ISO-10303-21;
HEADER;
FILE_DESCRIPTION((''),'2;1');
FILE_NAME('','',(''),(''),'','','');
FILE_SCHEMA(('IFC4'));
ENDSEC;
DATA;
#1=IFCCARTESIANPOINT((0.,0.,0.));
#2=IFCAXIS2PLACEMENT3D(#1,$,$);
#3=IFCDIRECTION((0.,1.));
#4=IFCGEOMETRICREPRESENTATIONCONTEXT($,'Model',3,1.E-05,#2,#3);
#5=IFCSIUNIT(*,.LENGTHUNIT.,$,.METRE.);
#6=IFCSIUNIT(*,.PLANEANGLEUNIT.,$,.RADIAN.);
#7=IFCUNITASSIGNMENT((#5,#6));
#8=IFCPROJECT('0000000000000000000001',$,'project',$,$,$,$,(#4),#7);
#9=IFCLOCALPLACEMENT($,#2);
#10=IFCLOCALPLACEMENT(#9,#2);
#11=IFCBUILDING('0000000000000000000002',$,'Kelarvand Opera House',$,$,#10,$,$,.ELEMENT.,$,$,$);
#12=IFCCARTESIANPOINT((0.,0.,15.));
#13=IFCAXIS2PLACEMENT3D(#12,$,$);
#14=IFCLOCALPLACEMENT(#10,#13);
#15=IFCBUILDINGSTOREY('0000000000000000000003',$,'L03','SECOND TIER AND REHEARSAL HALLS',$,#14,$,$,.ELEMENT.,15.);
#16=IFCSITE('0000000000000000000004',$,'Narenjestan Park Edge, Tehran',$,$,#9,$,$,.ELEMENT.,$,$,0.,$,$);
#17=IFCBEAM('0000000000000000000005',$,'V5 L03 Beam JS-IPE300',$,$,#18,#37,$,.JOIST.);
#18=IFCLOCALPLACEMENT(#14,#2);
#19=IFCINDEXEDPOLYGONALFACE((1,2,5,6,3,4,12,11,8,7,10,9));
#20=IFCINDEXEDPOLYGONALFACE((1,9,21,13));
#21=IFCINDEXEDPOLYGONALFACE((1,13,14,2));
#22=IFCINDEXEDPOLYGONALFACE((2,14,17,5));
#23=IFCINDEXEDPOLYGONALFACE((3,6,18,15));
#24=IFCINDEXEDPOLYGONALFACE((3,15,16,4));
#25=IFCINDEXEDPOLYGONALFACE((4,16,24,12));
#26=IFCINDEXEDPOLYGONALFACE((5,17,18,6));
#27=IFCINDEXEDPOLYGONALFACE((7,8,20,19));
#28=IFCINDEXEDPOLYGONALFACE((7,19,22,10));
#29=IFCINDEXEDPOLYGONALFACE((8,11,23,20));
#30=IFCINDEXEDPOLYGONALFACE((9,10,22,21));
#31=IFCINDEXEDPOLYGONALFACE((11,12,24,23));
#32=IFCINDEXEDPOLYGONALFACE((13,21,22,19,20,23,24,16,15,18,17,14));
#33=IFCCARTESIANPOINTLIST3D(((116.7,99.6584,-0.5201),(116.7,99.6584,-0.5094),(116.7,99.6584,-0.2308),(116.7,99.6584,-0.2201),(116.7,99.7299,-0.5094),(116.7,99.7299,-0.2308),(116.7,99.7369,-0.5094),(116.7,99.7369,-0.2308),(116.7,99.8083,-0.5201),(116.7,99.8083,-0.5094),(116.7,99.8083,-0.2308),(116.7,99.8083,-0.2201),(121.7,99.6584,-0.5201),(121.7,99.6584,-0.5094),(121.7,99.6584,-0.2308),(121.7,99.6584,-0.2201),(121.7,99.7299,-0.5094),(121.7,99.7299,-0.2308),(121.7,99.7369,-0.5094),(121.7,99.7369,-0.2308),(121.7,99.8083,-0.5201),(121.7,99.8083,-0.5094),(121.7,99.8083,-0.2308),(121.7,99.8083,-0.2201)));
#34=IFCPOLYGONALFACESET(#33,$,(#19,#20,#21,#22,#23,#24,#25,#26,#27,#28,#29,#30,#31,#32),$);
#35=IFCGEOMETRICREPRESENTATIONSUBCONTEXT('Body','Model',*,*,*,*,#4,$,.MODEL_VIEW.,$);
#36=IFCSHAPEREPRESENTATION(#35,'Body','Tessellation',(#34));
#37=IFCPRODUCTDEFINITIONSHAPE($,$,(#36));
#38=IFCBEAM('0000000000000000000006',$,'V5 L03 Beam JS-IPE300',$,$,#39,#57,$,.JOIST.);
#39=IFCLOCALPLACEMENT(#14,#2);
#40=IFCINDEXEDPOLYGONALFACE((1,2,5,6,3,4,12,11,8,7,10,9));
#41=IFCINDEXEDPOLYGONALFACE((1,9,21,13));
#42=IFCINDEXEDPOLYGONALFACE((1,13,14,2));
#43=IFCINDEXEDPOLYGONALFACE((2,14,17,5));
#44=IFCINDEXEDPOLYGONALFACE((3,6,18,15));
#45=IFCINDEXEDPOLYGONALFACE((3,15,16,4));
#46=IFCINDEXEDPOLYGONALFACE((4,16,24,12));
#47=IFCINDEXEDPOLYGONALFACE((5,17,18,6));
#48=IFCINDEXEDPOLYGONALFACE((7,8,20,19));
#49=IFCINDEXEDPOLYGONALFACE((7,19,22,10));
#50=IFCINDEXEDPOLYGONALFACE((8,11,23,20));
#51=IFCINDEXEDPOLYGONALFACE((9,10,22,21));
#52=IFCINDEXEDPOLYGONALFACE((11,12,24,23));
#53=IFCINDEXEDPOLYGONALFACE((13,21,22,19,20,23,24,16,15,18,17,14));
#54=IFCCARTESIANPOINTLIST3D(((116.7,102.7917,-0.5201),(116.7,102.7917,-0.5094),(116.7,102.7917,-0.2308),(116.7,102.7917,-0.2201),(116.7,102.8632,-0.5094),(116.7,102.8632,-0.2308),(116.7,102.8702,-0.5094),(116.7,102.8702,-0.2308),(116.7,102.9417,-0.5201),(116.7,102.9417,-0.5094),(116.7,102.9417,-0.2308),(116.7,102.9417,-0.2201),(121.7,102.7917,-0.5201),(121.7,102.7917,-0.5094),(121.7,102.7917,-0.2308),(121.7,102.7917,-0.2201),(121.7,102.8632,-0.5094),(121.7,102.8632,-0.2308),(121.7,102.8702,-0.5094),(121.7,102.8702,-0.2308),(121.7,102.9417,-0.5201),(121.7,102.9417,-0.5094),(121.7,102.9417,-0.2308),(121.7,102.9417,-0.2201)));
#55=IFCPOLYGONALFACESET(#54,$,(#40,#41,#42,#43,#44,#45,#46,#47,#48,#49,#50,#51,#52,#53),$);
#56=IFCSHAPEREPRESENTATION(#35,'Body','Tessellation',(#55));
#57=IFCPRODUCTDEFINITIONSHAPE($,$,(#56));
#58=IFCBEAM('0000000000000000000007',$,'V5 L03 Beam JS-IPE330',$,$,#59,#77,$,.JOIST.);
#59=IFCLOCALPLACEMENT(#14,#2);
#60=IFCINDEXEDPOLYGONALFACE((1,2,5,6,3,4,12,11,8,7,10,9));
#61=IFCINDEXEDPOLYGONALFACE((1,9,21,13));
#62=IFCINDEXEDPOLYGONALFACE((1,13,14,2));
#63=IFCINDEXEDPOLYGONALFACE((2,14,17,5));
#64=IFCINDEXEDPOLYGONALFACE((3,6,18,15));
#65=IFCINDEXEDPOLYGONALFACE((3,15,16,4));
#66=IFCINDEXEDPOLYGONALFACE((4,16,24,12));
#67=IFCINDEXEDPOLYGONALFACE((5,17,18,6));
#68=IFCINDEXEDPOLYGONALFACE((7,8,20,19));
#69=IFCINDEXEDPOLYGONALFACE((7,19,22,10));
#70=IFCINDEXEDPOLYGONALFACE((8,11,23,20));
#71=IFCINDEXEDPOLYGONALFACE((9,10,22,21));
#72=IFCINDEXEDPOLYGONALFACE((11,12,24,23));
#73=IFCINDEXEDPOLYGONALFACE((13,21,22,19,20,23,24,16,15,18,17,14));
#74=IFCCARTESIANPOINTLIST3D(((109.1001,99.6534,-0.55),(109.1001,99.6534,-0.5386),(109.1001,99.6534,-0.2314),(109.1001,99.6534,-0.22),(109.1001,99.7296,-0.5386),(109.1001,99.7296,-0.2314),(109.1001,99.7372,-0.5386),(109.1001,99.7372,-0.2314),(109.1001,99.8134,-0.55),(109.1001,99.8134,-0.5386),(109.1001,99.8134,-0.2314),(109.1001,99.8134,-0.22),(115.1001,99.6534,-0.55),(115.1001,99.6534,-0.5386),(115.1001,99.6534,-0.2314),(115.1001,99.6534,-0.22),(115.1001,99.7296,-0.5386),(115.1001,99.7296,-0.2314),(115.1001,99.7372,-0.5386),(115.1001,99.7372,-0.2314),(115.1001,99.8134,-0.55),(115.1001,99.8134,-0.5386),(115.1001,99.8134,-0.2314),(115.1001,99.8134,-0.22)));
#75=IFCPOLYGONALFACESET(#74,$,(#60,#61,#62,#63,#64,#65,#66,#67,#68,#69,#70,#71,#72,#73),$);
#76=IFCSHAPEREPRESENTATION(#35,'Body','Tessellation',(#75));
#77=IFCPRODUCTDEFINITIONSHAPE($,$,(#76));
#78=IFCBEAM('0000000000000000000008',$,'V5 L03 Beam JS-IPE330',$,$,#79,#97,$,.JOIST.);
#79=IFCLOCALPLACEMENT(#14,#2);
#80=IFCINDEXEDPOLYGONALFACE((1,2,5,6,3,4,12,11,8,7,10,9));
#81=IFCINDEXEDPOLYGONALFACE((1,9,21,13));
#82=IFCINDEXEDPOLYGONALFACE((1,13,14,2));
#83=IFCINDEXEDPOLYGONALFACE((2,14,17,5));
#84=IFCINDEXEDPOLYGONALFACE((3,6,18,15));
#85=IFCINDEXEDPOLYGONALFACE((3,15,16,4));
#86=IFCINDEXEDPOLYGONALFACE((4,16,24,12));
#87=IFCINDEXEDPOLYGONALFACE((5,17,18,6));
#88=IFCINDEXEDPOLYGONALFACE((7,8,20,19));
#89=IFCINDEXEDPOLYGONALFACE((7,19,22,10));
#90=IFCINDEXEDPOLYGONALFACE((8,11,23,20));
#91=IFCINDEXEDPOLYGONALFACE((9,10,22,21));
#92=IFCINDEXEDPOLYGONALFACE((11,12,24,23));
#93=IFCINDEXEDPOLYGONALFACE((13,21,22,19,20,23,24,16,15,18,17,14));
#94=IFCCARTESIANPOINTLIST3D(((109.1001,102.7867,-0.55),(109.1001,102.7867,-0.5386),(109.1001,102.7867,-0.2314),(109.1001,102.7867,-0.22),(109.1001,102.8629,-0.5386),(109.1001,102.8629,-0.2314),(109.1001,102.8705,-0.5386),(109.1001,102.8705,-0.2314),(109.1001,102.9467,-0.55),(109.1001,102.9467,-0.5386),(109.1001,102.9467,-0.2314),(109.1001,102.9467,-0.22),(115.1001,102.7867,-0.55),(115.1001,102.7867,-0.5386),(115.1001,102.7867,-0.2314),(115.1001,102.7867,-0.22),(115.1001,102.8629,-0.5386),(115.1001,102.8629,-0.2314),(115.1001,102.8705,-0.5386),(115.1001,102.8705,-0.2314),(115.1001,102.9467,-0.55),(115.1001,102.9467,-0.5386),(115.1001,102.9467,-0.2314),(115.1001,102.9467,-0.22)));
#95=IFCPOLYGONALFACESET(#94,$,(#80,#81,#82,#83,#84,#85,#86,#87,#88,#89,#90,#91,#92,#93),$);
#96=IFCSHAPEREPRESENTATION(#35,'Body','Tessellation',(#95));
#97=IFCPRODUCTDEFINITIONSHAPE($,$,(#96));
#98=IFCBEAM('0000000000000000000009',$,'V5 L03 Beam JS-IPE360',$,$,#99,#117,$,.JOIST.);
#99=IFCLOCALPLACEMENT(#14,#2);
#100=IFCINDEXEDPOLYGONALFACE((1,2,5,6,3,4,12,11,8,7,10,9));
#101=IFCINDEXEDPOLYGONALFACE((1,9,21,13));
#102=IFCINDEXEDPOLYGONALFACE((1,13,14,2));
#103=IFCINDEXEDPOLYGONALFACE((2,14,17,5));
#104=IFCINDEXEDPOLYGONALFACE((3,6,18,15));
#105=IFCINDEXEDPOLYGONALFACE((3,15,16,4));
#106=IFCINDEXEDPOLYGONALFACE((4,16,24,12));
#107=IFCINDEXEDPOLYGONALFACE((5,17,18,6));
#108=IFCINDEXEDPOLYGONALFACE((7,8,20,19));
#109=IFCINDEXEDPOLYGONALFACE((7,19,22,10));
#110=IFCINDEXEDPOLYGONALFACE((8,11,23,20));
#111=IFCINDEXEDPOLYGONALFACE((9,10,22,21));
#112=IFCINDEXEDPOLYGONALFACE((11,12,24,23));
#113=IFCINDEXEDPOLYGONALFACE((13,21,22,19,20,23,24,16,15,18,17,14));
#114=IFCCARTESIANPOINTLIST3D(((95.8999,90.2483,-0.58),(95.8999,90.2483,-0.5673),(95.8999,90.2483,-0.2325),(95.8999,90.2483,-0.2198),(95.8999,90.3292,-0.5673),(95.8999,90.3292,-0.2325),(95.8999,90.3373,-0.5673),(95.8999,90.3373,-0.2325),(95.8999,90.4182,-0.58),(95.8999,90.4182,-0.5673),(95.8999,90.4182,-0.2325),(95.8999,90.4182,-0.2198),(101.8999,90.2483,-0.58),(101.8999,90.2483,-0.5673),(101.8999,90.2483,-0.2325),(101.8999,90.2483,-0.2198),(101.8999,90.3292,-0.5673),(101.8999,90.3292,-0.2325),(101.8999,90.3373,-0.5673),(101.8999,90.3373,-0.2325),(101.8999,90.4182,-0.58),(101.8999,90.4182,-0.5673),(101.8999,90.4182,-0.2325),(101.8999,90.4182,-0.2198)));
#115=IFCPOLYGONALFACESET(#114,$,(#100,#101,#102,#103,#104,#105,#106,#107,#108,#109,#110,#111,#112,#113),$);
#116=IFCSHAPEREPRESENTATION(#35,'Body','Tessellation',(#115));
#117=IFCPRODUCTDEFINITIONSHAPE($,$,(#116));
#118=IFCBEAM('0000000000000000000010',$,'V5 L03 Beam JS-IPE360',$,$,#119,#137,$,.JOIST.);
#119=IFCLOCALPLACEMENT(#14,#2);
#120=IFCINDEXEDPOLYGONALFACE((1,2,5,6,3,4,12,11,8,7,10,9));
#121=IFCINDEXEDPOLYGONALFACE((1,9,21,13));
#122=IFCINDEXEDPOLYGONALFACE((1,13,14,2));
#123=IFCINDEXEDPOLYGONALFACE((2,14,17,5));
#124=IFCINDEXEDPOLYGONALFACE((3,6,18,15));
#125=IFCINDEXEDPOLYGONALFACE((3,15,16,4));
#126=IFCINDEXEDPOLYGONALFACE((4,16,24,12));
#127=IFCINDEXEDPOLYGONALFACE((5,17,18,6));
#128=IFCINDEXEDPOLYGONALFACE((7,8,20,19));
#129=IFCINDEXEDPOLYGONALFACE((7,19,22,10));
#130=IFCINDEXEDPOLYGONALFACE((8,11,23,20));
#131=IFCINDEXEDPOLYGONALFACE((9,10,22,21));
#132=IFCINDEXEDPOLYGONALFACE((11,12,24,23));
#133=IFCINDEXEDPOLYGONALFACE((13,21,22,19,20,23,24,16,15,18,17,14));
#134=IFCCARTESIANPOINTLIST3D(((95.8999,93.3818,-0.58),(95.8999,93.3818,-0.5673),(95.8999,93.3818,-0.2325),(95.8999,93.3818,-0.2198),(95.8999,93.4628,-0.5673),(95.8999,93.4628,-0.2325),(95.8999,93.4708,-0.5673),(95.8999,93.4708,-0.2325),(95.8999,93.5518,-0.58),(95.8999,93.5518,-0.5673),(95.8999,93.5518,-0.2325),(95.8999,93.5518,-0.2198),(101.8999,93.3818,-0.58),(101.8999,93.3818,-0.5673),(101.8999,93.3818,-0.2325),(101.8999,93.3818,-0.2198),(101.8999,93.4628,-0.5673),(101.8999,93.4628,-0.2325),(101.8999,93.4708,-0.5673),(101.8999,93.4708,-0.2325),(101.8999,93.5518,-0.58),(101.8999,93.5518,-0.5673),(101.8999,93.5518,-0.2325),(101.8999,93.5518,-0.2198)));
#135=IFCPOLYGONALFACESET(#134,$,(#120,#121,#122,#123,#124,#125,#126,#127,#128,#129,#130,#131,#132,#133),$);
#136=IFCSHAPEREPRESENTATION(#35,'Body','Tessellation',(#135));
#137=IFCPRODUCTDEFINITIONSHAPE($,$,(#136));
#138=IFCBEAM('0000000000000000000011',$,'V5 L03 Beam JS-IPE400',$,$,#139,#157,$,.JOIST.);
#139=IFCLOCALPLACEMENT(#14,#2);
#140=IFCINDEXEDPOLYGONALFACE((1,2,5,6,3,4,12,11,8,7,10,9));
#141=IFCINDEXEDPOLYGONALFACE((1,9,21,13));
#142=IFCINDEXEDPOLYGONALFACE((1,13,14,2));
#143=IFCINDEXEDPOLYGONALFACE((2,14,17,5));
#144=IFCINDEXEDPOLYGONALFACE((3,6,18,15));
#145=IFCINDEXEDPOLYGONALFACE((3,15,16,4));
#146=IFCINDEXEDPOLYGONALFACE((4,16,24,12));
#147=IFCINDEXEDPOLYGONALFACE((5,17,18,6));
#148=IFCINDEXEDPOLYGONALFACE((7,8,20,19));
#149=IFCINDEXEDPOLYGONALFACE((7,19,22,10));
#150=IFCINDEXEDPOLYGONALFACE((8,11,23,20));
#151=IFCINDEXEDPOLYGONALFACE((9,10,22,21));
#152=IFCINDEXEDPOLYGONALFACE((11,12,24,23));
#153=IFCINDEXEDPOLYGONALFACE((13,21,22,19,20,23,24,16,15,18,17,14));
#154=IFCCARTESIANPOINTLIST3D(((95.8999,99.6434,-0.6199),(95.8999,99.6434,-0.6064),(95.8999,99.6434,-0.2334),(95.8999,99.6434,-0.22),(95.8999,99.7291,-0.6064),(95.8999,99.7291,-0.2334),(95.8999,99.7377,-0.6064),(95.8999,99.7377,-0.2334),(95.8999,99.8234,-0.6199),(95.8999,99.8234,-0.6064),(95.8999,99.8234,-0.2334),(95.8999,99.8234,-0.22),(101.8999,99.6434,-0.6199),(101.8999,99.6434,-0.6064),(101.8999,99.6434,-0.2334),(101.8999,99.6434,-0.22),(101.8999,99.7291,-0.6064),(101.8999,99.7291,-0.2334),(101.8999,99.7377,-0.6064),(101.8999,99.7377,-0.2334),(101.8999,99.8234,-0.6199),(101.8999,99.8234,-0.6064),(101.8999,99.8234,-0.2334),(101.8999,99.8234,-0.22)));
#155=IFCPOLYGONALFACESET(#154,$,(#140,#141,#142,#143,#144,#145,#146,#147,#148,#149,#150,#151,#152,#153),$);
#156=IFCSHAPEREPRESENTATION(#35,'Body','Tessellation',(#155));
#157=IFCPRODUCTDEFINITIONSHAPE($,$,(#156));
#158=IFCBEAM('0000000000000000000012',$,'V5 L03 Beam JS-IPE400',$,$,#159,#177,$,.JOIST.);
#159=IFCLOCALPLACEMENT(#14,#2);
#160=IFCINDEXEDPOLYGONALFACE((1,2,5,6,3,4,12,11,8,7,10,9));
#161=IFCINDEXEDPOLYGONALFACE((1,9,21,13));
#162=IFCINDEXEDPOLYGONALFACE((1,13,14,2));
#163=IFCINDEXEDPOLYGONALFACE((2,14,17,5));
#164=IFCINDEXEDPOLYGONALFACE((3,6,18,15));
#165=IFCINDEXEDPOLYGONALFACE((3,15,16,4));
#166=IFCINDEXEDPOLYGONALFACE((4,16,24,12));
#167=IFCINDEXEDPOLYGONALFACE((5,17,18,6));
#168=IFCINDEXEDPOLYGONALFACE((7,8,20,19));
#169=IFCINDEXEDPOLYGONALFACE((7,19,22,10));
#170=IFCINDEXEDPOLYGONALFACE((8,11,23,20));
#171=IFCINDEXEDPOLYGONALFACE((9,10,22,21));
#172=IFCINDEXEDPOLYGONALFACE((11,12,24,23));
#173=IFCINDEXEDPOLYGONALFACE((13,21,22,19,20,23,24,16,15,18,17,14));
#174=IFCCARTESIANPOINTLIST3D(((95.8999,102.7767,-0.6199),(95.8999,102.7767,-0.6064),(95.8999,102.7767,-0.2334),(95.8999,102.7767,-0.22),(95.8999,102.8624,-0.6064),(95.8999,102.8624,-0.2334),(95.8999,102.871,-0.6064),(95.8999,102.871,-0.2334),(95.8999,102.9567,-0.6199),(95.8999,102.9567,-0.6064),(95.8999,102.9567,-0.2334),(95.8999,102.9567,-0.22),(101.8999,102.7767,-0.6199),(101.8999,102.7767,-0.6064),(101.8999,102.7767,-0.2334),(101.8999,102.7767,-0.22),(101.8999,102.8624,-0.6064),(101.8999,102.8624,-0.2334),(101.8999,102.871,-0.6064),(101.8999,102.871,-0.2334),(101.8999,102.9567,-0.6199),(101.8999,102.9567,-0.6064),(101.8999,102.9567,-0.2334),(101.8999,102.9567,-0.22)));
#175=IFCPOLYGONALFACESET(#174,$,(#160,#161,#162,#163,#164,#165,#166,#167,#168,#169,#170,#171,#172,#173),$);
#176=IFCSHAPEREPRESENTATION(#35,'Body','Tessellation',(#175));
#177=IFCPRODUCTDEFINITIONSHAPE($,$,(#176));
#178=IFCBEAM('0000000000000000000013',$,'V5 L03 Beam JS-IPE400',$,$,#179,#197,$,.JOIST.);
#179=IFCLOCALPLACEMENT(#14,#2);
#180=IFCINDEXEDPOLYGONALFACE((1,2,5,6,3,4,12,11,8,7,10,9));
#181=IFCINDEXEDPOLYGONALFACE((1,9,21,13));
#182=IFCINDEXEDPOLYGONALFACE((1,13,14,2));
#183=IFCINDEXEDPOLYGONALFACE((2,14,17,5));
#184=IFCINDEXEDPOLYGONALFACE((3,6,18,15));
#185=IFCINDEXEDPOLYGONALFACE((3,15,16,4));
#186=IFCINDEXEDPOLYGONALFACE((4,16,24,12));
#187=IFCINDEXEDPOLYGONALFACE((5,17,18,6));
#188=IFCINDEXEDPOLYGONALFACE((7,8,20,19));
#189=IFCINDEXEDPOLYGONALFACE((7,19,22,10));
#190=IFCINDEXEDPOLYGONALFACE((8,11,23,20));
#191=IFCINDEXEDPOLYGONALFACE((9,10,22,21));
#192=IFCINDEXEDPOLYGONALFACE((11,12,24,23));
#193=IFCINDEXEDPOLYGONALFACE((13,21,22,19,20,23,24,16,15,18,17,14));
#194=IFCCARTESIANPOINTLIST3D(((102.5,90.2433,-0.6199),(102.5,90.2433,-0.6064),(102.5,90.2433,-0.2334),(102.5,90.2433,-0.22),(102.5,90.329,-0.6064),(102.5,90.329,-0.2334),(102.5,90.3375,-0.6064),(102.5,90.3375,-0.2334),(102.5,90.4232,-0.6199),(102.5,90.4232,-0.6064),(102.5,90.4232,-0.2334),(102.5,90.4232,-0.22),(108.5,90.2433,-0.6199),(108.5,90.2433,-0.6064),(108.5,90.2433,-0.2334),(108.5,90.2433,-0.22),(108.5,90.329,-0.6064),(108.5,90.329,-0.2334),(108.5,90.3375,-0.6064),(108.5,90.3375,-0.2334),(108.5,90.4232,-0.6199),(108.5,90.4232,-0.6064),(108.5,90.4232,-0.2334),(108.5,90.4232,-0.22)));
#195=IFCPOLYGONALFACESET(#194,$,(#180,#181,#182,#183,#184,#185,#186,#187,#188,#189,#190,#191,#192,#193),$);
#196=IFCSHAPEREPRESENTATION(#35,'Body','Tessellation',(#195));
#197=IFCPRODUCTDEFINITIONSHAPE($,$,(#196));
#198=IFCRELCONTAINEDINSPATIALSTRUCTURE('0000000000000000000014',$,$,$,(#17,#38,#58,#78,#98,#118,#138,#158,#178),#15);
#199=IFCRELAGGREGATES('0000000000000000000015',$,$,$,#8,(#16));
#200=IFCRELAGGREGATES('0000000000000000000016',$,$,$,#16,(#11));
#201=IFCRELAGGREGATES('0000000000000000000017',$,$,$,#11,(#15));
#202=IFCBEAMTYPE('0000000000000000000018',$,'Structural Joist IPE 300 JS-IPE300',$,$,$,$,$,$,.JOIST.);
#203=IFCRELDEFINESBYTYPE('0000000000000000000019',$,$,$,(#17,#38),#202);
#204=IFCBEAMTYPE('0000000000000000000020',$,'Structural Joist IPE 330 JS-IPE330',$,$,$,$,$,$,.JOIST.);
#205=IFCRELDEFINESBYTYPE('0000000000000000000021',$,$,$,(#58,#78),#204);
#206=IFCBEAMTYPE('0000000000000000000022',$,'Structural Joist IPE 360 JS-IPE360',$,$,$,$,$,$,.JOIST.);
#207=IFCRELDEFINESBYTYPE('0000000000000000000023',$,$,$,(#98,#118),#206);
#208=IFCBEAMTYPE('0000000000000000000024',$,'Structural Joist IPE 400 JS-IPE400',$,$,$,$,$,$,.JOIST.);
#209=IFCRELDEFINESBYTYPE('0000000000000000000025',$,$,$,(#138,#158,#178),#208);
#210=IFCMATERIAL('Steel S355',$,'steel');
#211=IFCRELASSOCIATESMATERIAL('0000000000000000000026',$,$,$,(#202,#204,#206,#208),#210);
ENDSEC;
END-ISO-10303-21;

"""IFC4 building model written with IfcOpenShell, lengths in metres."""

from ifc_helpers import new_model, si_unit, direction, frame, origin, origin_2d, place, context, subcontext, project, spatial, i_section, extrude, material, material_profile, profile_set, type_object, element, save


model = new_model("IFC4")

# Units and contexts
model_context = context("Model", 3, precision=1e-05, world=origin(), true_north=direction((0.0, 1.0)))
body_context = subcontext(model_context, "Body", "Model", "MODEL_VIEW")
ifc_project = project(units=[si_unit("LENGTHUNIT", "METRE"), si_unit("PLANEANGLEUNIT", "RADIAN")], contexts=[model_context])

# Site, building, storey
site_placement = place(None, origin())
site = spatial("IfcSite", under=ifc_project, at=site_placement, Name="Narenjestan Park Edge, Tehran", CompositionType="ELEMENT", RefElevation=0.0)
building_placement = place(site_placement, origin())
building = spatial("IfcBuilding", under=site, at=building_placement, Name="Kelarvand Opera House", CompositionType="ELEMENT")
storey_placement = place(building_placement, frame((0.0, 0.0, 15.0)))
storey = spatial("IfcBuildingStorey", under=building, at=storey_placement, Name="L03", Description="SECOND TIER AND REHEARSAL HALLS", CompositionType="ELEMENT", Elevation=15.0)

# Beams
ifc_material_1 = material(Name="Steel S355", Category="steel")
ifc_material_profile_1 = material_profile(ifc_material_1, i_section(OverallWidth=0.1499, OverallDepth=0.3, WebThickness=0.0071, FlangeThickness=0.0107, at=origin_2d()), Name="IPE 300", Category="steel")
ifc_profile_set_1 = profile_set([ifc_material_profile_1], Name="Steel S355")
beam_type_1 = type_object("IfcBeamType", Name="Structural Joist IPE 300 JS-IPE300", PredefinedType="JOIST", material=ifc_profile_set_1)
for number, where, z_axis, x_axis, name in (
    (1, (116.7, 99.7334, -0.3701), (1.0, 0.0, 0.0), (0.0, 1.0, 0.0), "V5 L03 Beam JS-IPE300"),
    (2, (116.7, 102.8667, -0.3701), (1.0, 0.0, 0.0), (0.0, 1.0, 0.0), "V5 L03 Beam JS-IPE300"),
):
    element("IfcBeam", number, at=place(storey_placement, frame(where, z_axis=z_axis, x_axis=x_axis)), inside=storey, type_object=beam_type_1, Name=name, PredefinedType="JOIST", context=body_context, shape_type="SweptSolid", body=[
        extrude(i_section(OverallWidth=0.1499, OverallDepth=0.3, WebThickness=0.0071, FlangeThickness=0.0107, at=origin_2d()), origin(), (0.0, 0.0, 1.0), 5.0),
    ])
ifc_material_profile_2 = material_profile(ifc_material_1, i_section(OverallWidth=0.1599, OverallDepth=0.3301, WebThickness=0.0076, FlangeThickness=0.0115, at=origin_2d()), Name="IPE 330", Category="steel")
ifc_profile_set_2 = profile_set([ifc_material_profile_2], Name="Steel S355")
beam_type_2 = type_object("IfcBeamType", Name="Structural Joist IPE 330 JS-IPE330", PredefinedType="JOIST", material=ifc_profile_set_2)
for number, where, z_axis, x_axis, name in (
    (3, (109.1001, 99.7334, -0.385), (1.0, 0.0, 0.0), (0.0, 1.0, 0.0), "V5 L03 Beam JS-IPE330"),
    (4, (109.1001, 102.8667, -0.385), (1.0, 0.0, 0.0), (0.0, 1.0, 0.0), "V5 L03 Beam JS-IPE330"),
):
    element("IfcBeam", number, at=place(storey_placement, frame(where, z_axis=z_axis, x_axis=x_axis)), inside=storey, type_object=beam_type_2, Name=name, PredefinedType="JOIST", context=body_context, shape_type="SweptSolid", body=[
        extrude(i_section(OverallWidth=0.1599, OverallDepth=0.3301, WebThickness=0.0076, FlangeThickness=0.0115, at=origin_2d()), origin(), (0.0, 0.0, 1.0), 6.0),
    ])
ifc_material_profile_3 = material_profile(ifc_material_1, i_section(OverallWidth=0.1699, OverallDepth=0.3601, WebThickness=0.0081, FlangeThickness=0.0127, at=origin_2d()), Name="IPE 360", Category="steel")
ifc_profile_set_3 = profile_set([ifc_material_profile_3], Name="Steel S355")
beam_type_3 = type_object("IfcBeamType", Name="Structural Joist IPE 360 JS-IPE360", PredefinedType="JOIST", material=ifc_profile_set_3)
for number, where, z_axis, x_axis, name in (
    (5, (95.8999, 90.3333, -0.3999), (1.0, 0.0, 0.0), (0.0, 1.0, 0.0), "V5 L03 Beam JS-IPE360"),
    (6, (95.8999, 93.4668, -0.3999), (1.0, 0.0, 0.0), (0.0, 1.0, 0.0), "V5 L03 Beam JS-IPE360"),
):
    element("IfcBeam", number, at=place(storey_placement, frame(where, z_axis=z_axis, x_axis=x_axis)), inside=storey, type_object=beam_type_3, Name=name, PredefinedType="JOIST", context=body_context, shape_type="SweptSolid", body=[
        extrude(i_section(OverallWidth=0.1699, OverallDepth=0.3601, WebThickness=0.0081, FlangeThickness=0.0127, at=origin_2d()), origin(), (0.0, 0.0, 1.0), 6.0),
    ])
ifc_material_profile_4 = material_profile(ifc_material_1, i_section(OverallWidth=0.1799, OverallDepth=0.3999, WebThickness=0.0085, FlangeThickness=0.0134, at=origin_2d()), Name="IPE 400", Category="steel")
ifc_profile_set_4 = profile_set([ifc_material_profile_4], Name="Steel S355")
beam_type_4 = type_object("IfcBeamType", Name="Structural Joist IPE 400 JS-IPE400", PredefinedType="JOIST", material=ifc_profile_set_4)
for number, where, z_axis, x_axis, name in (
    (7, (95.8999, 99.7334, -0.4199), (1.0, 0.0, 0.0), (0.0, 1.0, 0.0), "V5 L03 Beam JS-IPE400"),
    (8, (95.8999, 102.8667, -0.4199), (1.0, 0.0, 0.0), (0.0, 1.0, 0.0), "V5 L03 Beam JS-IPE400"),
    (9, (102.5, 90.3333, -0.4199), (1.0, 0.0, 0.0), (0.0, 1.0, 0.0), "V5 L03 Beam JS-IPE400"),
):
    element("IfcBeam", number, at=place(storey_placement, frame(where, z_axis=z_axis, x_axis=x_axis)), inside=storey, type_object=beam_type_4, Name=name, PredefinedType="JOIST", context=body_context, shape_type="SweptSolid", body=[
        extrude(i_section(OverallWidth=0.1799, OverallDepth=0.3999, WebThickness=0.0085, FlangeThickness=0.0134, at=origin_2d()), origin(), (0.0, 0.0, 1.0), 6.0),
    ])

save(model, "model.ifc")
